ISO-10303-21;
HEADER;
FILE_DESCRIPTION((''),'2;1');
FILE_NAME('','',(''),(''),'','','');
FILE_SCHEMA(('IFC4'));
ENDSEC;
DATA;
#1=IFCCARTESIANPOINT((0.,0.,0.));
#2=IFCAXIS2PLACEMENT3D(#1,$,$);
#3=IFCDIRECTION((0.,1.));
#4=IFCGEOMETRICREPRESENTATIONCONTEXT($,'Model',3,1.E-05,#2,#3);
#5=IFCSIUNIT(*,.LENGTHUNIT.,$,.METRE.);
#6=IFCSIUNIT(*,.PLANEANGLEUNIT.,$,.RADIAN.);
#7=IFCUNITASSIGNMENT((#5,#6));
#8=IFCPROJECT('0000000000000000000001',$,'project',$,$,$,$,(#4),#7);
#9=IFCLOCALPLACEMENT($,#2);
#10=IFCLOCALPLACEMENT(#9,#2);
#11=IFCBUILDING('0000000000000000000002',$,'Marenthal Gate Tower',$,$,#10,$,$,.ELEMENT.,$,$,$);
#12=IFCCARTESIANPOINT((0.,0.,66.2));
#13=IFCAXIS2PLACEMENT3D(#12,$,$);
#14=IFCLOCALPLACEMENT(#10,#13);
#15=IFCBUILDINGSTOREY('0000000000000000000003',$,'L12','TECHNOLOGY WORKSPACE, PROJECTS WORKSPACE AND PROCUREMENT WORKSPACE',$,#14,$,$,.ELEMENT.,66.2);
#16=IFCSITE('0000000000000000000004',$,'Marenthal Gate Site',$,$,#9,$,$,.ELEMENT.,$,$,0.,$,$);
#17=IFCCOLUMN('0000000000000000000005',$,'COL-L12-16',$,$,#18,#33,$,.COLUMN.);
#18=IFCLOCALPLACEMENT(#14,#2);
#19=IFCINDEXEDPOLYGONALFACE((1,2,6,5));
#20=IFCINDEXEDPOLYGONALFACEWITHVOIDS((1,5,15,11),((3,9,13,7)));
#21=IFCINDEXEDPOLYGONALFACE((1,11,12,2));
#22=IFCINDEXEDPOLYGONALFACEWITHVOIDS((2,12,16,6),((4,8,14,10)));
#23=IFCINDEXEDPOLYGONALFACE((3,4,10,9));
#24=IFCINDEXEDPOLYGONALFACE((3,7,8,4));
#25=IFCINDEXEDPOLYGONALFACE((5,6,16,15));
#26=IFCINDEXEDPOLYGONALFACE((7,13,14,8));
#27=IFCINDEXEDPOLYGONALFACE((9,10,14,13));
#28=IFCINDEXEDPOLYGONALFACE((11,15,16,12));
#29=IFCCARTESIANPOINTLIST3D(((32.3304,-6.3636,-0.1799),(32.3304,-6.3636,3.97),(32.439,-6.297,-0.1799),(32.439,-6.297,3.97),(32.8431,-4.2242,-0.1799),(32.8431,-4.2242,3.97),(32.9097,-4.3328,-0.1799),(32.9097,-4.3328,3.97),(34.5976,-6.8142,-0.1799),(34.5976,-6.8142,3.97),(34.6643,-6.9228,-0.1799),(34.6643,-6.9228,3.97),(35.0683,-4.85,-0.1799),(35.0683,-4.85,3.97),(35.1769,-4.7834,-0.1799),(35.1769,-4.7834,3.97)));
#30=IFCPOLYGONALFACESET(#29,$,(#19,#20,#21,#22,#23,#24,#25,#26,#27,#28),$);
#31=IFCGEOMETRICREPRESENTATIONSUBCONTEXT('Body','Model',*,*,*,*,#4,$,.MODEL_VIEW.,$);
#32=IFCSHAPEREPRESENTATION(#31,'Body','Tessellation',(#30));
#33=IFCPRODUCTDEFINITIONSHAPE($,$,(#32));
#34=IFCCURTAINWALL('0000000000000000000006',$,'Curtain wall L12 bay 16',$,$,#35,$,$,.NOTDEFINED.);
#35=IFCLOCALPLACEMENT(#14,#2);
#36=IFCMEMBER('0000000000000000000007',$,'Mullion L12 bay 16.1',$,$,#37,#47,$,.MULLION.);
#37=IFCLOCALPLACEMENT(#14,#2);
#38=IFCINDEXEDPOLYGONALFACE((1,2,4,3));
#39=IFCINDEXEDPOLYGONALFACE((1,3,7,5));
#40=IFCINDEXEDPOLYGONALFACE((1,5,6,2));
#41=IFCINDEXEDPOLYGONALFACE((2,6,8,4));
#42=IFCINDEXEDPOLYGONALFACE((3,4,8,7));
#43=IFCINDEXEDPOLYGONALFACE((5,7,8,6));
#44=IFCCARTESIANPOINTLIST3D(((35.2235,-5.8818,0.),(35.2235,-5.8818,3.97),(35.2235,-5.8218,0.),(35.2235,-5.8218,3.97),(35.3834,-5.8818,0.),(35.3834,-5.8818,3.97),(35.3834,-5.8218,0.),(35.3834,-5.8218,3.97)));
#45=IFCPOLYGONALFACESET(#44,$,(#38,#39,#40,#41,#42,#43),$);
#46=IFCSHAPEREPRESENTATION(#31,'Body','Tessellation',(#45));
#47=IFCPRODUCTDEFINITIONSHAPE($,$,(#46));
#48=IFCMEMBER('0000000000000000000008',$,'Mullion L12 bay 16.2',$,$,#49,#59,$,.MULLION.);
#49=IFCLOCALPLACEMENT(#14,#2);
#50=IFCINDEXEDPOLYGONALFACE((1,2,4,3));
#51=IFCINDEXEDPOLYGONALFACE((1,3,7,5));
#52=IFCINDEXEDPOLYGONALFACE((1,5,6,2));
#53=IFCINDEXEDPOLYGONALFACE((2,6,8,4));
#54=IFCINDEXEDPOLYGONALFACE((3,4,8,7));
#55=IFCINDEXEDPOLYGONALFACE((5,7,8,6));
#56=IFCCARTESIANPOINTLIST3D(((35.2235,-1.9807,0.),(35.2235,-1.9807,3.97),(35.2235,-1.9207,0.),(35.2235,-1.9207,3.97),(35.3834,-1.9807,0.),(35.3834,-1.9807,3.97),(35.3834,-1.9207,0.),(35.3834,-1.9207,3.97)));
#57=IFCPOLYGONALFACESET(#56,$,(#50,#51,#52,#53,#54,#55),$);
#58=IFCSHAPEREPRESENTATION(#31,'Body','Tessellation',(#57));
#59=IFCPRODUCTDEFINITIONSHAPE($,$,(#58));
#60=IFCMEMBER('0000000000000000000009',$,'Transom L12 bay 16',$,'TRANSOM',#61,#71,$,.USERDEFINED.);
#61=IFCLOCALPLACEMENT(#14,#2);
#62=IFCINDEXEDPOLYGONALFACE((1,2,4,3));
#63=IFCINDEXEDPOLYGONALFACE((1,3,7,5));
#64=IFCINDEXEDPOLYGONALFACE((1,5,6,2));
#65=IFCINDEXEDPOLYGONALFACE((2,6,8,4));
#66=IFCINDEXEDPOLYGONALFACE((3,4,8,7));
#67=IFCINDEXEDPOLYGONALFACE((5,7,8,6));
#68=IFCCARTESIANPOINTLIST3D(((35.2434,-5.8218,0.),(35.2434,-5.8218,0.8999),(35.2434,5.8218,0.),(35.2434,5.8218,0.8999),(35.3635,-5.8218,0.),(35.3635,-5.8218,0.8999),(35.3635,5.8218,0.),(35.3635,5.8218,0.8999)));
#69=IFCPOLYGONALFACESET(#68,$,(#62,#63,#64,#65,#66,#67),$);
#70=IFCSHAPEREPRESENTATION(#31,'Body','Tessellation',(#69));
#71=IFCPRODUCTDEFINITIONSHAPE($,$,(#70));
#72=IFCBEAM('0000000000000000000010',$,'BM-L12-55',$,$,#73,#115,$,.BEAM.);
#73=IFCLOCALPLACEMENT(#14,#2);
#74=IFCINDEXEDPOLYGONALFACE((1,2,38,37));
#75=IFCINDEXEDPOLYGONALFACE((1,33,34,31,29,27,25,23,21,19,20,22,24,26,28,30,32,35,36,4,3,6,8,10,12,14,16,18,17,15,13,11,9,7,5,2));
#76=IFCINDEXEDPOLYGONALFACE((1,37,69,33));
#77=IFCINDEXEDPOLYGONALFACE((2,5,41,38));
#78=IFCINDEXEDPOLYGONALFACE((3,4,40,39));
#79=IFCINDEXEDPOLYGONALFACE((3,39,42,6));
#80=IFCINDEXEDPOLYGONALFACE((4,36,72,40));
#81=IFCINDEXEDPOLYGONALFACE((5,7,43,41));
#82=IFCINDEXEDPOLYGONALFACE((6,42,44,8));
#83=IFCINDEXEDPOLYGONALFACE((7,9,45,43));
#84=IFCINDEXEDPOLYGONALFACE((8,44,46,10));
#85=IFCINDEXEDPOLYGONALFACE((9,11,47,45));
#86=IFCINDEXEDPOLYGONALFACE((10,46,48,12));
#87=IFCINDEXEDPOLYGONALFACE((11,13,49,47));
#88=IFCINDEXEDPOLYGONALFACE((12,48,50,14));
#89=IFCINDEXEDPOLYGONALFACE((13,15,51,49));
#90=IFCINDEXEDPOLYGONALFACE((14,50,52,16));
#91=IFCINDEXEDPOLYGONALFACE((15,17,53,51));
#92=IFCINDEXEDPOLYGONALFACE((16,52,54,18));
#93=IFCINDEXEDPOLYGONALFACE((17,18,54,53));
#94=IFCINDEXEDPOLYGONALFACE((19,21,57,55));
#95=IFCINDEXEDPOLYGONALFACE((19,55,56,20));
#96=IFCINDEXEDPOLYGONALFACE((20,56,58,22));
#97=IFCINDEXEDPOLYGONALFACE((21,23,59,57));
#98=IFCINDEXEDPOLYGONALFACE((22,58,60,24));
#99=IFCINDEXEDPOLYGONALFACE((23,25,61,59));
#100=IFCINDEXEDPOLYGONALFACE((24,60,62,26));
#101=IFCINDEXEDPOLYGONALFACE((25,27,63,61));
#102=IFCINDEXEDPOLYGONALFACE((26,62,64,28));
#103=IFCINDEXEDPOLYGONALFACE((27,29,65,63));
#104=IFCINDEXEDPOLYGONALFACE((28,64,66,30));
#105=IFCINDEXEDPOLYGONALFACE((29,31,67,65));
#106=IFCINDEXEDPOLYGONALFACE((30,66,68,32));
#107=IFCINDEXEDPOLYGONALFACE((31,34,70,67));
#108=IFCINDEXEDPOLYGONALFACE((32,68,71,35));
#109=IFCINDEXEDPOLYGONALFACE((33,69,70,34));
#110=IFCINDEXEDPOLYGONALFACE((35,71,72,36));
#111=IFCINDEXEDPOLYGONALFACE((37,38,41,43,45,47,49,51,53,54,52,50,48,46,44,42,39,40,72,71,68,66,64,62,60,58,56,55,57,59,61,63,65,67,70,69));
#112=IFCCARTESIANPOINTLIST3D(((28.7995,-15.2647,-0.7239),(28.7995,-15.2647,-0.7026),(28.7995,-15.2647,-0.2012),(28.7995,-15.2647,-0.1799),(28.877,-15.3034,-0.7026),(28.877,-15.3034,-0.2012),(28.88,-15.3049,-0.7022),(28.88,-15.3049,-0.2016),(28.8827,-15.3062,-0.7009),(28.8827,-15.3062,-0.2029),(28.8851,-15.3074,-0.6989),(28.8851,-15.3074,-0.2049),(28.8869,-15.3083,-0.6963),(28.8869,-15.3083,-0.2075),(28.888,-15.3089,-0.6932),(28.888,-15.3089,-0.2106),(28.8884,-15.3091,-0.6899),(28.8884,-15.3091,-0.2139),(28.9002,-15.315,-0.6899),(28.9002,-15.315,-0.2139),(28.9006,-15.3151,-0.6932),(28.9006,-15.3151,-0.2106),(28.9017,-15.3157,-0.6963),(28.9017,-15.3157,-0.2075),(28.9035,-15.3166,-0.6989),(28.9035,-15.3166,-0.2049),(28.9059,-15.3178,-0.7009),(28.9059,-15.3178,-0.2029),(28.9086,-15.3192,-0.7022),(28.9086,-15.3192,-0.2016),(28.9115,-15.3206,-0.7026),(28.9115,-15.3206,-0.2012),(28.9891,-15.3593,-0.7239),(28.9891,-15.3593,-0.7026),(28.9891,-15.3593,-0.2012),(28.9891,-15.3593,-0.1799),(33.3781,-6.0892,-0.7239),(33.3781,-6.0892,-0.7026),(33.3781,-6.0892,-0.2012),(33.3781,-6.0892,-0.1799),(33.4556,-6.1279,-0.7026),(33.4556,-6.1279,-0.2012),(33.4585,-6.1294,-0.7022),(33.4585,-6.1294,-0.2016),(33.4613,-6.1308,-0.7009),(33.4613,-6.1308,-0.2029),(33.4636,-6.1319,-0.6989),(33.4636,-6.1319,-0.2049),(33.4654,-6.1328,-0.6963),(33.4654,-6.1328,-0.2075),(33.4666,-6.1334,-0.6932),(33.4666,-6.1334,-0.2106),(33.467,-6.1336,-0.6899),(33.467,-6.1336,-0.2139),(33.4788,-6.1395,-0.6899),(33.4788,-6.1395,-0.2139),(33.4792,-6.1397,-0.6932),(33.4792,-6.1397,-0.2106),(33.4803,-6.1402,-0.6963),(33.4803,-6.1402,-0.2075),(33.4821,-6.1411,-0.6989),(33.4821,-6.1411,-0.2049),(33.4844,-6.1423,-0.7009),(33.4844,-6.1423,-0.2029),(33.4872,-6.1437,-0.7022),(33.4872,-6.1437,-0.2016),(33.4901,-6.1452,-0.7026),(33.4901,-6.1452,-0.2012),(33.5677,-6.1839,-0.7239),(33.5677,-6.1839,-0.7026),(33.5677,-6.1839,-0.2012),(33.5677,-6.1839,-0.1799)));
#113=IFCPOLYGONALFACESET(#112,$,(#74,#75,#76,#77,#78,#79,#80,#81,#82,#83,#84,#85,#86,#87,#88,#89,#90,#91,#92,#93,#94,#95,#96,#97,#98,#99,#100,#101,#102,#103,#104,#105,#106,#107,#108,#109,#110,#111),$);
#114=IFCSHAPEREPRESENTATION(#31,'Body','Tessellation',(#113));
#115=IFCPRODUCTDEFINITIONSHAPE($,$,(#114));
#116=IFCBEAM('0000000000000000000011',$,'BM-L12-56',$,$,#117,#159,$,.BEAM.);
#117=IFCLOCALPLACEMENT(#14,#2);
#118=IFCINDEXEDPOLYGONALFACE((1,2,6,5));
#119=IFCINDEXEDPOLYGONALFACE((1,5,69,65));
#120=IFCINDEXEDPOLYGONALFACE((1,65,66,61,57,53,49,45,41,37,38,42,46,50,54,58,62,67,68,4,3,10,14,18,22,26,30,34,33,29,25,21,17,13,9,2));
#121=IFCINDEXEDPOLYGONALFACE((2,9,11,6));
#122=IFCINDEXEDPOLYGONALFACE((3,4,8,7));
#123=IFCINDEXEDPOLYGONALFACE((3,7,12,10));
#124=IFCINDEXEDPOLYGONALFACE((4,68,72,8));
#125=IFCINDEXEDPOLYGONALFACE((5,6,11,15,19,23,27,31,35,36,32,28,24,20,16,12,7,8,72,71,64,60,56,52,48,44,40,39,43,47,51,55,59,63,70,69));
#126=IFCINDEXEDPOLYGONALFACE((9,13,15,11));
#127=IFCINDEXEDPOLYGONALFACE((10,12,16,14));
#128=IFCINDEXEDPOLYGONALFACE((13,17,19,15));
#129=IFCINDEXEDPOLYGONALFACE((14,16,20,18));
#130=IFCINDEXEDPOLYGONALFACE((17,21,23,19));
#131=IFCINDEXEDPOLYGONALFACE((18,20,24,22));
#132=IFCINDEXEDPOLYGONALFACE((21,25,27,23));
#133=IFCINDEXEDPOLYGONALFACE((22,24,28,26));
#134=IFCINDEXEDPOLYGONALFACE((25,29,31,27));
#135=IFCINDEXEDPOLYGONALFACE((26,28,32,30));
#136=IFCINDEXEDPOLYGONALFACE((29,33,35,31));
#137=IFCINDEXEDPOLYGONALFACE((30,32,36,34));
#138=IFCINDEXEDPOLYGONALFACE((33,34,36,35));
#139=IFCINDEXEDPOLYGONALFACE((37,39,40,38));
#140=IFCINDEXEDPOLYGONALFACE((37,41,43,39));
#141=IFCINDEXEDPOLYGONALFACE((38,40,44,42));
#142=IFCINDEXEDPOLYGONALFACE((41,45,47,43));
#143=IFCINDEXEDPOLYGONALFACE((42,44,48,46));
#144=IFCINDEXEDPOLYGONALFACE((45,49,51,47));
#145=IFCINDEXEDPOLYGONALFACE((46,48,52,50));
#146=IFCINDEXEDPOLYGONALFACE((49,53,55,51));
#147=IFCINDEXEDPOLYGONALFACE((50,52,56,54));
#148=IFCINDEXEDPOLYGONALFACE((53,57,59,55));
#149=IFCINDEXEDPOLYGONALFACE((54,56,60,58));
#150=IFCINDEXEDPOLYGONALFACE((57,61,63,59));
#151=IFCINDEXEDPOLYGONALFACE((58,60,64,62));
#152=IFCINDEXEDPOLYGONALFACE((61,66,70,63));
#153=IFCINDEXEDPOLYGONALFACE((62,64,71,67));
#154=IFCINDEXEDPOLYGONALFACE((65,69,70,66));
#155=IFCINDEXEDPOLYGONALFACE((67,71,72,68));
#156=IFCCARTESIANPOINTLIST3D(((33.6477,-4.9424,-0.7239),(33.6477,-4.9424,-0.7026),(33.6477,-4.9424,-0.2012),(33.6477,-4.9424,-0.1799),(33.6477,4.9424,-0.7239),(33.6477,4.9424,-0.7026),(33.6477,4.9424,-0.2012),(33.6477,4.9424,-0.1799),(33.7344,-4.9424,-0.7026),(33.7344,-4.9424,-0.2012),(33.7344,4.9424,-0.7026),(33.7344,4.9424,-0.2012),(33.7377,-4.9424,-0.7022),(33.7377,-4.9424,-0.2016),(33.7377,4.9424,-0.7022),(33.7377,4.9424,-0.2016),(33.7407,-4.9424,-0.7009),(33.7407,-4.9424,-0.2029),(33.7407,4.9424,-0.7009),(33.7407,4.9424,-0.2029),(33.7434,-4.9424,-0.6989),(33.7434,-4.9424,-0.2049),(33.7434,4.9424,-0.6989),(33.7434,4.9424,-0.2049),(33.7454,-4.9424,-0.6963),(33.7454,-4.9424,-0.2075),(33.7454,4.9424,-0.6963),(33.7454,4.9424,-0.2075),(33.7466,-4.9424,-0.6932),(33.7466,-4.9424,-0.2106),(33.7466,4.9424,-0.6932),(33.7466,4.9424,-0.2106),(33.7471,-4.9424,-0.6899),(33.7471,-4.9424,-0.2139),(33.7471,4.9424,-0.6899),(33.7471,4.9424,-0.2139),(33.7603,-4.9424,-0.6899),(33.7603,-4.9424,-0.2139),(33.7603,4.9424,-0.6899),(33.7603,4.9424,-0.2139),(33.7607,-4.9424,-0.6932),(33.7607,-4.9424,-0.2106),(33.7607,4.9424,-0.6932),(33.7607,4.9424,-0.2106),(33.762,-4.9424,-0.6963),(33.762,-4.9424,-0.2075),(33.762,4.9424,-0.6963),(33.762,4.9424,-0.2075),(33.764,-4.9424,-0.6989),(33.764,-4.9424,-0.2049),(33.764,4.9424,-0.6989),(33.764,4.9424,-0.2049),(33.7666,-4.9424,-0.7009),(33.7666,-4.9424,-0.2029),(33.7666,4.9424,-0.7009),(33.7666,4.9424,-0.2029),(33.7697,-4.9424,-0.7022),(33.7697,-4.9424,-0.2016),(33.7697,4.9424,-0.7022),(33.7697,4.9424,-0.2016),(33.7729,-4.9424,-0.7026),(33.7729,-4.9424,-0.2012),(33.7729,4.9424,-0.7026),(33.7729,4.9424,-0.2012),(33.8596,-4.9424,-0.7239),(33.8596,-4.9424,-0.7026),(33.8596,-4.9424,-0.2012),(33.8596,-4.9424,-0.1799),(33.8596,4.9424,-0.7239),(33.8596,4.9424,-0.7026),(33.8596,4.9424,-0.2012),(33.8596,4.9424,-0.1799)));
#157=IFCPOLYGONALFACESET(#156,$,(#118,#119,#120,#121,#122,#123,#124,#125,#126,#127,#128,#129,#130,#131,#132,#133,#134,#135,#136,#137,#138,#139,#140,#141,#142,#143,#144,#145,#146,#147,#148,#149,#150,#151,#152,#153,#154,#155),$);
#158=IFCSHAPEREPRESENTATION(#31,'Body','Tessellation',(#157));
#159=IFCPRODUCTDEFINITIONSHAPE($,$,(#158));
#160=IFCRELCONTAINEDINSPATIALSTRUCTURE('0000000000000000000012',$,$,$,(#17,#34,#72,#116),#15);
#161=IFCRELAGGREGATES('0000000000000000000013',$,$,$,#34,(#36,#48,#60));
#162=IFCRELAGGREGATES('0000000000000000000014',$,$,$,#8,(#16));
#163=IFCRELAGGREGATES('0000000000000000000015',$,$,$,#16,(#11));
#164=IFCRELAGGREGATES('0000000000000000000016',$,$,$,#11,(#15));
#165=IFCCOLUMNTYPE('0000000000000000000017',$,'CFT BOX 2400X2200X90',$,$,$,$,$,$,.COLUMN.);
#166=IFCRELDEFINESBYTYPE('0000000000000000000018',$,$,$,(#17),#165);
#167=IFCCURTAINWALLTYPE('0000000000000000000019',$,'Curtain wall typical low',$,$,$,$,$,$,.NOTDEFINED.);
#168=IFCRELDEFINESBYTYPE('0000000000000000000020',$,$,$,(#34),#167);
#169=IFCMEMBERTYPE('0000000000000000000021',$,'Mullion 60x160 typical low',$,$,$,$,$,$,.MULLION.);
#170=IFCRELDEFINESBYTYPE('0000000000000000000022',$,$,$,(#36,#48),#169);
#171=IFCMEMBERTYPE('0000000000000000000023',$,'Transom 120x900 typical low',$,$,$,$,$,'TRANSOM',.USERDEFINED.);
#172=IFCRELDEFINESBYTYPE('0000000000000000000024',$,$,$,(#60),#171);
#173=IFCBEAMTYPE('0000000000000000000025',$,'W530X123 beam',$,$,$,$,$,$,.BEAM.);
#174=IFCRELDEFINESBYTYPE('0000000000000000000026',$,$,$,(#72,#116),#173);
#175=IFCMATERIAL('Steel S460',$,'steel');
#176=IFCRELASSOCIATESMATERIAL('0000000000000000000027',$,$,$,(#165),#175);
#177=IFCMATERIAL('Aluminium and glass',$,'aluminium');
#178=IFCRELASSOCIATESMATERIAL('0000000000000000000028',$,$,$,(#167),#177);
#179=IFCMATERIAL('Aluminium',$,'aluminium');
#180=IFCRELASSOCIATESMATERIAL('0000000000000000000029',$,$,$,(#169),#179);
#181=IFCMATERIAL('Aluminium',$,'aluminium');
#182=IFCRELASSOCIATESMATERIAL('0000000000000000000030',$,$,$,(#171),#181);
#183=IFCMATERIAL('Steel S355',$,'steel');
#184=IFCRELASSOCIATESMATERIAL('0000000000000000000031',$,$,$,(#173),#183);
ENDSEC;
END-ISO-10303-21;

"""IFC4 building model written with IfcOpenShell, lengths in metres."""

from ifc_helpers import new_model, si_unit, direction, frame, origin, origin_2d, place, context, subcontext, project, spatial, rectangle, hollow_rectangle, i_section, extrude, material, material_profile, profile_set, type_object, element, aggregate, save


model = new_model("IFC4")

# Units and contexts
model_context = context("Model", 3, precision=1e-05, world=origin(), true_north=direction((0.0, 1.0)))
body_context = subcontext(model_context, "Body", "Model", "MODEL_VIEW")
ifc_project = project(units=[si_unit("LENGTHUNIT", "METRE"), si_unit("PLANEANGLEUNIT", "RADIAN")], contexts=[model_context])

# Site, building, storey
site_placement = place(None, origin())
site = spatial("IfcSite", under=ifc_project, at=site_placement, Name="Marenthal Gate Site", CompositionType="ELEMENT", RefElevation=0.0)
building_placement = place(site_placement, origin())
building = spatial("IfcBuilding", under=site, at=building_placement, Name="Marenthal Gate Tower", CompositionType="ELEMENT")
storey_placement = place(building_placement, frame((0.0, 0.0, 66.2)))
storey = spatial("IfcBuildingStorey", under=building, at=storey_placement, Name="L12", Description="TECHNOLOGY WORKSPACE, PROJECTS WORKSPACE AND PROCUREMENT WORKSPACE", CompositionType="ELEMENT", Elevation=66.2)

# Column
ifc_material_1 = material(Name="Steel S460", Category="steel")
ifc_material_profile_1 = material_profile(ifc_material_1, hollow_rectangle(XDim=2.2, YDim=2.3999, WallThickness=0.0901, at=origin_2d()), Name="CFT BOX 2400X2200X90")
ifc_material_2 = material(Name="Concrete 70 MPa", Category="concrete")
ifc_material_profile_2 = material_profile(ifc_material_2, rectangle(XDim=2.02, YDim=2.22, at=origin_2d()), Name="CFT BOX 2400X2200X90 INFILL")
ifc_profile_set_1 = profile_set([ifc_material_profile_1, ifc_material_profile_2], Name="Steel S460 shell, Concrete 70 MPa infill")
column_type = type_object("IfcColumnType", Name="CFT BOX 2400X2200X90", PredefinedType="COLUMN", material=ifc_profile_set_1)
column_placement = place(storey_placement, frame((33.7537, -5.5735, -0.1799), z_axis=(0.0, 0.0, 1.0), x_axis=(-0.233019, -0.972472, 0.0)))
element("IfcColumn", 1, at=column_placement, inside=storey, type_object=column_type, Name="COL-L12-16", PredefinedType="COLUMN", context=body_context, shape_type="SweptSolid", body=[
    extrude(hollow_rectangle(XDim=2.2, YDim=2.3999, WallThickness=0.0901, at=origin_2d()), origin(), (0.0, 0.0, 1.0), 4.1499),
])

# Curtain wall, members
ifc_material_3 = material(Name="Aluminium and glass", Category="aluminium")
curtain_wall_type = type_object("IfcCurtainWallType", Name="Curtain wall typical low", PredefinedType="NOTDEFINED", material=ifc_material_3)
curtain_wall_placement = place(storey_placement, origin())
curtain_wall = element("IfcCurtainWall", 2, at=curtain_wall_placement, inside=storey, type_object=curtain_wall_type, Name="Curtain wall L12 bay 16", PredefinedType="NOTDEFINED")
ifc_material_4 = material(Name="Aluminium", Category="aluminium")
ifc_material_profile_3 = material_profile(ifc_material_4, rectangle(XDim=0.1599, YDim=0.0601, at=origin_2d()), Name="60x160 aluminium mullion")
ifc_profile_set_2 = profile_set([ifc_material_profile_3], Name="Aluminium")
member_type_1 = type_object("IfcMemberType", Name="Mullion 60x160 typical low", PredefinedType="MULLION", material=ifc_profile_set_2)
member_1_placement = place(storey_placement, frame((35.3035, -5.8518, 0.0), z_axis=(0.0, 0.0, 1.0), x_axis=(-1.0, 0.0, 0.0)))
member_1 = element("IfcMember", 3, at=member_1_placement, type_object=member_type_1, Name="Mullion L12 bay 16.1", PredefinedType="MULLION", context=body_context, shape_type="SweptSolid", body=[
    extrude(rectangle(XDim=0.1599, YDim=0.0601, at=origin_2d()), origin(), (0.0, 0.0, 1.0), 3.97),
])
member_2_placement = place(storey_placement, frame((35.3035, -1.9507, 0.0), z_axis=(0.0, 0.0, 1.0), x_axis=(-1.0, 0.0, 0.0)))
member_2 = element("IfcMember", 4, at=member_2_placement, type_object=member_type_1, Name="Mullion L12 bay 16.2", PredefinedType="MULLION", context=body_context, shape_type="SweptSolid", body=[
    extrude(rectangle(XDim=0.1599, YDim=0.0601, at=origin_2d()), origin(), (0.0, 0.0, 1.0), 3.97),
])
ifc_material_5 = material(Name="Aluminium", Category="aluminium")
ifc_material_profile_4 = material_profile(ifc_material_5, rectangle(XDim=0.1201, YDim=0.8999, at=origin_2d()), Name="120x900 aluminium transom")
ifc_profile_set_3 = profile_set([ifc_material_profile_4], Name="Aluminium")
member_type_2 = type_object("IfcMemberType", Name="Transom 120x900 typical low", ElementType="TRANSOM", PredefinedType="USERDEFINED", material=ifc_profile_set_3)
member_3_placement = place(storey_placement, frame((35.3035, -5.8218, 0.45), z_axis=(0.0, 1.0, 0.0), x_axis=(-1.0, 0.0, 0.0)))
member_3 = element("IfcMember", 5, at=member_3_placement, type_object=member_type_2, Name="Transom L12 bay 16", ObjectType="TRANSOM", PredefinedType="USERDEFINED", context=body_context, shape_type="SweptSolid", body=[
    extrude(rectangle(XDim=0.1201, YDim=0.8999, at=origin_2d()), origin(), (0.0, 0.0, 1.0), 11.6436),
])

# Beams
ifc_material_6 = material(Name="Steel S355", Category="steel")
ifc_material_profile_5 = material_profile(ifc_material_6, i_section(OverallWidth=0.2119, OverallDepth=0.5439, WebThickness=0.0132, FlangeThickness=0.0212, FilletRadius=0.0127, at=origin_2d()), Name="W530X123")
ifc_profile_set_4 = profile_set([ifc_material_profile_5], Name="Steel S355")
beam_type_1 = type_object("IfcBeamType", Name="W530X123 beam", PredefinedType="BEAM", material=ifc_profile_set_4)
beam_1_placement = place(storey_placement, frame((28.8943, -15.312, -0.4519), z_axis=(0.446499, 0.894784, 0.0), x_axis=(-0.894784, 0.446499, 0.0)))
element("IfcBeam", 6, at=beam_1_placement, inside=storey, type_object=beam_type_1, Name="BM-L12-55", PredefinedType="BEAM", context=body_context, shape_type="SweptSolid", body=[
    extrude(i_section(OverallWidth=0.2119, OverallDepth=0.5439, WebThickness=0.0132, FlangeThickness=0.0212, FilletRadius=0.0127, at=origin_2d()), origin(), (0.0, 0.0, 1.0), 10.2544),
])
beam_2_placement = place(storey_placement, frame((33.7537, -4.9424, -0.4519), z_axis=(0.0, 1.0, 0.0), x_axis=(-1.0, 0.0, 0.0)))
element("IfcBeam", 7, at=beam_2_placement, inside=storey, type_object=beam_type_1, Name="BM-L12-56", PredefinedType="BEAM", context=body_context, shape_type="SweptSolid", body=[
    extrude(i_section(OverallWidth=0.2119, OverallDepth=0.5439, WebThickness=0.0132, FlangeThickness=0.0212, FilletRadius=0.0127, at=origin_2d()), origin(), (0.0, 0.0, 1.0), 9.8848),
])

aggregate(curtain_wall, [member_1, member_2, member_3])

save(model, "model.ifc")
